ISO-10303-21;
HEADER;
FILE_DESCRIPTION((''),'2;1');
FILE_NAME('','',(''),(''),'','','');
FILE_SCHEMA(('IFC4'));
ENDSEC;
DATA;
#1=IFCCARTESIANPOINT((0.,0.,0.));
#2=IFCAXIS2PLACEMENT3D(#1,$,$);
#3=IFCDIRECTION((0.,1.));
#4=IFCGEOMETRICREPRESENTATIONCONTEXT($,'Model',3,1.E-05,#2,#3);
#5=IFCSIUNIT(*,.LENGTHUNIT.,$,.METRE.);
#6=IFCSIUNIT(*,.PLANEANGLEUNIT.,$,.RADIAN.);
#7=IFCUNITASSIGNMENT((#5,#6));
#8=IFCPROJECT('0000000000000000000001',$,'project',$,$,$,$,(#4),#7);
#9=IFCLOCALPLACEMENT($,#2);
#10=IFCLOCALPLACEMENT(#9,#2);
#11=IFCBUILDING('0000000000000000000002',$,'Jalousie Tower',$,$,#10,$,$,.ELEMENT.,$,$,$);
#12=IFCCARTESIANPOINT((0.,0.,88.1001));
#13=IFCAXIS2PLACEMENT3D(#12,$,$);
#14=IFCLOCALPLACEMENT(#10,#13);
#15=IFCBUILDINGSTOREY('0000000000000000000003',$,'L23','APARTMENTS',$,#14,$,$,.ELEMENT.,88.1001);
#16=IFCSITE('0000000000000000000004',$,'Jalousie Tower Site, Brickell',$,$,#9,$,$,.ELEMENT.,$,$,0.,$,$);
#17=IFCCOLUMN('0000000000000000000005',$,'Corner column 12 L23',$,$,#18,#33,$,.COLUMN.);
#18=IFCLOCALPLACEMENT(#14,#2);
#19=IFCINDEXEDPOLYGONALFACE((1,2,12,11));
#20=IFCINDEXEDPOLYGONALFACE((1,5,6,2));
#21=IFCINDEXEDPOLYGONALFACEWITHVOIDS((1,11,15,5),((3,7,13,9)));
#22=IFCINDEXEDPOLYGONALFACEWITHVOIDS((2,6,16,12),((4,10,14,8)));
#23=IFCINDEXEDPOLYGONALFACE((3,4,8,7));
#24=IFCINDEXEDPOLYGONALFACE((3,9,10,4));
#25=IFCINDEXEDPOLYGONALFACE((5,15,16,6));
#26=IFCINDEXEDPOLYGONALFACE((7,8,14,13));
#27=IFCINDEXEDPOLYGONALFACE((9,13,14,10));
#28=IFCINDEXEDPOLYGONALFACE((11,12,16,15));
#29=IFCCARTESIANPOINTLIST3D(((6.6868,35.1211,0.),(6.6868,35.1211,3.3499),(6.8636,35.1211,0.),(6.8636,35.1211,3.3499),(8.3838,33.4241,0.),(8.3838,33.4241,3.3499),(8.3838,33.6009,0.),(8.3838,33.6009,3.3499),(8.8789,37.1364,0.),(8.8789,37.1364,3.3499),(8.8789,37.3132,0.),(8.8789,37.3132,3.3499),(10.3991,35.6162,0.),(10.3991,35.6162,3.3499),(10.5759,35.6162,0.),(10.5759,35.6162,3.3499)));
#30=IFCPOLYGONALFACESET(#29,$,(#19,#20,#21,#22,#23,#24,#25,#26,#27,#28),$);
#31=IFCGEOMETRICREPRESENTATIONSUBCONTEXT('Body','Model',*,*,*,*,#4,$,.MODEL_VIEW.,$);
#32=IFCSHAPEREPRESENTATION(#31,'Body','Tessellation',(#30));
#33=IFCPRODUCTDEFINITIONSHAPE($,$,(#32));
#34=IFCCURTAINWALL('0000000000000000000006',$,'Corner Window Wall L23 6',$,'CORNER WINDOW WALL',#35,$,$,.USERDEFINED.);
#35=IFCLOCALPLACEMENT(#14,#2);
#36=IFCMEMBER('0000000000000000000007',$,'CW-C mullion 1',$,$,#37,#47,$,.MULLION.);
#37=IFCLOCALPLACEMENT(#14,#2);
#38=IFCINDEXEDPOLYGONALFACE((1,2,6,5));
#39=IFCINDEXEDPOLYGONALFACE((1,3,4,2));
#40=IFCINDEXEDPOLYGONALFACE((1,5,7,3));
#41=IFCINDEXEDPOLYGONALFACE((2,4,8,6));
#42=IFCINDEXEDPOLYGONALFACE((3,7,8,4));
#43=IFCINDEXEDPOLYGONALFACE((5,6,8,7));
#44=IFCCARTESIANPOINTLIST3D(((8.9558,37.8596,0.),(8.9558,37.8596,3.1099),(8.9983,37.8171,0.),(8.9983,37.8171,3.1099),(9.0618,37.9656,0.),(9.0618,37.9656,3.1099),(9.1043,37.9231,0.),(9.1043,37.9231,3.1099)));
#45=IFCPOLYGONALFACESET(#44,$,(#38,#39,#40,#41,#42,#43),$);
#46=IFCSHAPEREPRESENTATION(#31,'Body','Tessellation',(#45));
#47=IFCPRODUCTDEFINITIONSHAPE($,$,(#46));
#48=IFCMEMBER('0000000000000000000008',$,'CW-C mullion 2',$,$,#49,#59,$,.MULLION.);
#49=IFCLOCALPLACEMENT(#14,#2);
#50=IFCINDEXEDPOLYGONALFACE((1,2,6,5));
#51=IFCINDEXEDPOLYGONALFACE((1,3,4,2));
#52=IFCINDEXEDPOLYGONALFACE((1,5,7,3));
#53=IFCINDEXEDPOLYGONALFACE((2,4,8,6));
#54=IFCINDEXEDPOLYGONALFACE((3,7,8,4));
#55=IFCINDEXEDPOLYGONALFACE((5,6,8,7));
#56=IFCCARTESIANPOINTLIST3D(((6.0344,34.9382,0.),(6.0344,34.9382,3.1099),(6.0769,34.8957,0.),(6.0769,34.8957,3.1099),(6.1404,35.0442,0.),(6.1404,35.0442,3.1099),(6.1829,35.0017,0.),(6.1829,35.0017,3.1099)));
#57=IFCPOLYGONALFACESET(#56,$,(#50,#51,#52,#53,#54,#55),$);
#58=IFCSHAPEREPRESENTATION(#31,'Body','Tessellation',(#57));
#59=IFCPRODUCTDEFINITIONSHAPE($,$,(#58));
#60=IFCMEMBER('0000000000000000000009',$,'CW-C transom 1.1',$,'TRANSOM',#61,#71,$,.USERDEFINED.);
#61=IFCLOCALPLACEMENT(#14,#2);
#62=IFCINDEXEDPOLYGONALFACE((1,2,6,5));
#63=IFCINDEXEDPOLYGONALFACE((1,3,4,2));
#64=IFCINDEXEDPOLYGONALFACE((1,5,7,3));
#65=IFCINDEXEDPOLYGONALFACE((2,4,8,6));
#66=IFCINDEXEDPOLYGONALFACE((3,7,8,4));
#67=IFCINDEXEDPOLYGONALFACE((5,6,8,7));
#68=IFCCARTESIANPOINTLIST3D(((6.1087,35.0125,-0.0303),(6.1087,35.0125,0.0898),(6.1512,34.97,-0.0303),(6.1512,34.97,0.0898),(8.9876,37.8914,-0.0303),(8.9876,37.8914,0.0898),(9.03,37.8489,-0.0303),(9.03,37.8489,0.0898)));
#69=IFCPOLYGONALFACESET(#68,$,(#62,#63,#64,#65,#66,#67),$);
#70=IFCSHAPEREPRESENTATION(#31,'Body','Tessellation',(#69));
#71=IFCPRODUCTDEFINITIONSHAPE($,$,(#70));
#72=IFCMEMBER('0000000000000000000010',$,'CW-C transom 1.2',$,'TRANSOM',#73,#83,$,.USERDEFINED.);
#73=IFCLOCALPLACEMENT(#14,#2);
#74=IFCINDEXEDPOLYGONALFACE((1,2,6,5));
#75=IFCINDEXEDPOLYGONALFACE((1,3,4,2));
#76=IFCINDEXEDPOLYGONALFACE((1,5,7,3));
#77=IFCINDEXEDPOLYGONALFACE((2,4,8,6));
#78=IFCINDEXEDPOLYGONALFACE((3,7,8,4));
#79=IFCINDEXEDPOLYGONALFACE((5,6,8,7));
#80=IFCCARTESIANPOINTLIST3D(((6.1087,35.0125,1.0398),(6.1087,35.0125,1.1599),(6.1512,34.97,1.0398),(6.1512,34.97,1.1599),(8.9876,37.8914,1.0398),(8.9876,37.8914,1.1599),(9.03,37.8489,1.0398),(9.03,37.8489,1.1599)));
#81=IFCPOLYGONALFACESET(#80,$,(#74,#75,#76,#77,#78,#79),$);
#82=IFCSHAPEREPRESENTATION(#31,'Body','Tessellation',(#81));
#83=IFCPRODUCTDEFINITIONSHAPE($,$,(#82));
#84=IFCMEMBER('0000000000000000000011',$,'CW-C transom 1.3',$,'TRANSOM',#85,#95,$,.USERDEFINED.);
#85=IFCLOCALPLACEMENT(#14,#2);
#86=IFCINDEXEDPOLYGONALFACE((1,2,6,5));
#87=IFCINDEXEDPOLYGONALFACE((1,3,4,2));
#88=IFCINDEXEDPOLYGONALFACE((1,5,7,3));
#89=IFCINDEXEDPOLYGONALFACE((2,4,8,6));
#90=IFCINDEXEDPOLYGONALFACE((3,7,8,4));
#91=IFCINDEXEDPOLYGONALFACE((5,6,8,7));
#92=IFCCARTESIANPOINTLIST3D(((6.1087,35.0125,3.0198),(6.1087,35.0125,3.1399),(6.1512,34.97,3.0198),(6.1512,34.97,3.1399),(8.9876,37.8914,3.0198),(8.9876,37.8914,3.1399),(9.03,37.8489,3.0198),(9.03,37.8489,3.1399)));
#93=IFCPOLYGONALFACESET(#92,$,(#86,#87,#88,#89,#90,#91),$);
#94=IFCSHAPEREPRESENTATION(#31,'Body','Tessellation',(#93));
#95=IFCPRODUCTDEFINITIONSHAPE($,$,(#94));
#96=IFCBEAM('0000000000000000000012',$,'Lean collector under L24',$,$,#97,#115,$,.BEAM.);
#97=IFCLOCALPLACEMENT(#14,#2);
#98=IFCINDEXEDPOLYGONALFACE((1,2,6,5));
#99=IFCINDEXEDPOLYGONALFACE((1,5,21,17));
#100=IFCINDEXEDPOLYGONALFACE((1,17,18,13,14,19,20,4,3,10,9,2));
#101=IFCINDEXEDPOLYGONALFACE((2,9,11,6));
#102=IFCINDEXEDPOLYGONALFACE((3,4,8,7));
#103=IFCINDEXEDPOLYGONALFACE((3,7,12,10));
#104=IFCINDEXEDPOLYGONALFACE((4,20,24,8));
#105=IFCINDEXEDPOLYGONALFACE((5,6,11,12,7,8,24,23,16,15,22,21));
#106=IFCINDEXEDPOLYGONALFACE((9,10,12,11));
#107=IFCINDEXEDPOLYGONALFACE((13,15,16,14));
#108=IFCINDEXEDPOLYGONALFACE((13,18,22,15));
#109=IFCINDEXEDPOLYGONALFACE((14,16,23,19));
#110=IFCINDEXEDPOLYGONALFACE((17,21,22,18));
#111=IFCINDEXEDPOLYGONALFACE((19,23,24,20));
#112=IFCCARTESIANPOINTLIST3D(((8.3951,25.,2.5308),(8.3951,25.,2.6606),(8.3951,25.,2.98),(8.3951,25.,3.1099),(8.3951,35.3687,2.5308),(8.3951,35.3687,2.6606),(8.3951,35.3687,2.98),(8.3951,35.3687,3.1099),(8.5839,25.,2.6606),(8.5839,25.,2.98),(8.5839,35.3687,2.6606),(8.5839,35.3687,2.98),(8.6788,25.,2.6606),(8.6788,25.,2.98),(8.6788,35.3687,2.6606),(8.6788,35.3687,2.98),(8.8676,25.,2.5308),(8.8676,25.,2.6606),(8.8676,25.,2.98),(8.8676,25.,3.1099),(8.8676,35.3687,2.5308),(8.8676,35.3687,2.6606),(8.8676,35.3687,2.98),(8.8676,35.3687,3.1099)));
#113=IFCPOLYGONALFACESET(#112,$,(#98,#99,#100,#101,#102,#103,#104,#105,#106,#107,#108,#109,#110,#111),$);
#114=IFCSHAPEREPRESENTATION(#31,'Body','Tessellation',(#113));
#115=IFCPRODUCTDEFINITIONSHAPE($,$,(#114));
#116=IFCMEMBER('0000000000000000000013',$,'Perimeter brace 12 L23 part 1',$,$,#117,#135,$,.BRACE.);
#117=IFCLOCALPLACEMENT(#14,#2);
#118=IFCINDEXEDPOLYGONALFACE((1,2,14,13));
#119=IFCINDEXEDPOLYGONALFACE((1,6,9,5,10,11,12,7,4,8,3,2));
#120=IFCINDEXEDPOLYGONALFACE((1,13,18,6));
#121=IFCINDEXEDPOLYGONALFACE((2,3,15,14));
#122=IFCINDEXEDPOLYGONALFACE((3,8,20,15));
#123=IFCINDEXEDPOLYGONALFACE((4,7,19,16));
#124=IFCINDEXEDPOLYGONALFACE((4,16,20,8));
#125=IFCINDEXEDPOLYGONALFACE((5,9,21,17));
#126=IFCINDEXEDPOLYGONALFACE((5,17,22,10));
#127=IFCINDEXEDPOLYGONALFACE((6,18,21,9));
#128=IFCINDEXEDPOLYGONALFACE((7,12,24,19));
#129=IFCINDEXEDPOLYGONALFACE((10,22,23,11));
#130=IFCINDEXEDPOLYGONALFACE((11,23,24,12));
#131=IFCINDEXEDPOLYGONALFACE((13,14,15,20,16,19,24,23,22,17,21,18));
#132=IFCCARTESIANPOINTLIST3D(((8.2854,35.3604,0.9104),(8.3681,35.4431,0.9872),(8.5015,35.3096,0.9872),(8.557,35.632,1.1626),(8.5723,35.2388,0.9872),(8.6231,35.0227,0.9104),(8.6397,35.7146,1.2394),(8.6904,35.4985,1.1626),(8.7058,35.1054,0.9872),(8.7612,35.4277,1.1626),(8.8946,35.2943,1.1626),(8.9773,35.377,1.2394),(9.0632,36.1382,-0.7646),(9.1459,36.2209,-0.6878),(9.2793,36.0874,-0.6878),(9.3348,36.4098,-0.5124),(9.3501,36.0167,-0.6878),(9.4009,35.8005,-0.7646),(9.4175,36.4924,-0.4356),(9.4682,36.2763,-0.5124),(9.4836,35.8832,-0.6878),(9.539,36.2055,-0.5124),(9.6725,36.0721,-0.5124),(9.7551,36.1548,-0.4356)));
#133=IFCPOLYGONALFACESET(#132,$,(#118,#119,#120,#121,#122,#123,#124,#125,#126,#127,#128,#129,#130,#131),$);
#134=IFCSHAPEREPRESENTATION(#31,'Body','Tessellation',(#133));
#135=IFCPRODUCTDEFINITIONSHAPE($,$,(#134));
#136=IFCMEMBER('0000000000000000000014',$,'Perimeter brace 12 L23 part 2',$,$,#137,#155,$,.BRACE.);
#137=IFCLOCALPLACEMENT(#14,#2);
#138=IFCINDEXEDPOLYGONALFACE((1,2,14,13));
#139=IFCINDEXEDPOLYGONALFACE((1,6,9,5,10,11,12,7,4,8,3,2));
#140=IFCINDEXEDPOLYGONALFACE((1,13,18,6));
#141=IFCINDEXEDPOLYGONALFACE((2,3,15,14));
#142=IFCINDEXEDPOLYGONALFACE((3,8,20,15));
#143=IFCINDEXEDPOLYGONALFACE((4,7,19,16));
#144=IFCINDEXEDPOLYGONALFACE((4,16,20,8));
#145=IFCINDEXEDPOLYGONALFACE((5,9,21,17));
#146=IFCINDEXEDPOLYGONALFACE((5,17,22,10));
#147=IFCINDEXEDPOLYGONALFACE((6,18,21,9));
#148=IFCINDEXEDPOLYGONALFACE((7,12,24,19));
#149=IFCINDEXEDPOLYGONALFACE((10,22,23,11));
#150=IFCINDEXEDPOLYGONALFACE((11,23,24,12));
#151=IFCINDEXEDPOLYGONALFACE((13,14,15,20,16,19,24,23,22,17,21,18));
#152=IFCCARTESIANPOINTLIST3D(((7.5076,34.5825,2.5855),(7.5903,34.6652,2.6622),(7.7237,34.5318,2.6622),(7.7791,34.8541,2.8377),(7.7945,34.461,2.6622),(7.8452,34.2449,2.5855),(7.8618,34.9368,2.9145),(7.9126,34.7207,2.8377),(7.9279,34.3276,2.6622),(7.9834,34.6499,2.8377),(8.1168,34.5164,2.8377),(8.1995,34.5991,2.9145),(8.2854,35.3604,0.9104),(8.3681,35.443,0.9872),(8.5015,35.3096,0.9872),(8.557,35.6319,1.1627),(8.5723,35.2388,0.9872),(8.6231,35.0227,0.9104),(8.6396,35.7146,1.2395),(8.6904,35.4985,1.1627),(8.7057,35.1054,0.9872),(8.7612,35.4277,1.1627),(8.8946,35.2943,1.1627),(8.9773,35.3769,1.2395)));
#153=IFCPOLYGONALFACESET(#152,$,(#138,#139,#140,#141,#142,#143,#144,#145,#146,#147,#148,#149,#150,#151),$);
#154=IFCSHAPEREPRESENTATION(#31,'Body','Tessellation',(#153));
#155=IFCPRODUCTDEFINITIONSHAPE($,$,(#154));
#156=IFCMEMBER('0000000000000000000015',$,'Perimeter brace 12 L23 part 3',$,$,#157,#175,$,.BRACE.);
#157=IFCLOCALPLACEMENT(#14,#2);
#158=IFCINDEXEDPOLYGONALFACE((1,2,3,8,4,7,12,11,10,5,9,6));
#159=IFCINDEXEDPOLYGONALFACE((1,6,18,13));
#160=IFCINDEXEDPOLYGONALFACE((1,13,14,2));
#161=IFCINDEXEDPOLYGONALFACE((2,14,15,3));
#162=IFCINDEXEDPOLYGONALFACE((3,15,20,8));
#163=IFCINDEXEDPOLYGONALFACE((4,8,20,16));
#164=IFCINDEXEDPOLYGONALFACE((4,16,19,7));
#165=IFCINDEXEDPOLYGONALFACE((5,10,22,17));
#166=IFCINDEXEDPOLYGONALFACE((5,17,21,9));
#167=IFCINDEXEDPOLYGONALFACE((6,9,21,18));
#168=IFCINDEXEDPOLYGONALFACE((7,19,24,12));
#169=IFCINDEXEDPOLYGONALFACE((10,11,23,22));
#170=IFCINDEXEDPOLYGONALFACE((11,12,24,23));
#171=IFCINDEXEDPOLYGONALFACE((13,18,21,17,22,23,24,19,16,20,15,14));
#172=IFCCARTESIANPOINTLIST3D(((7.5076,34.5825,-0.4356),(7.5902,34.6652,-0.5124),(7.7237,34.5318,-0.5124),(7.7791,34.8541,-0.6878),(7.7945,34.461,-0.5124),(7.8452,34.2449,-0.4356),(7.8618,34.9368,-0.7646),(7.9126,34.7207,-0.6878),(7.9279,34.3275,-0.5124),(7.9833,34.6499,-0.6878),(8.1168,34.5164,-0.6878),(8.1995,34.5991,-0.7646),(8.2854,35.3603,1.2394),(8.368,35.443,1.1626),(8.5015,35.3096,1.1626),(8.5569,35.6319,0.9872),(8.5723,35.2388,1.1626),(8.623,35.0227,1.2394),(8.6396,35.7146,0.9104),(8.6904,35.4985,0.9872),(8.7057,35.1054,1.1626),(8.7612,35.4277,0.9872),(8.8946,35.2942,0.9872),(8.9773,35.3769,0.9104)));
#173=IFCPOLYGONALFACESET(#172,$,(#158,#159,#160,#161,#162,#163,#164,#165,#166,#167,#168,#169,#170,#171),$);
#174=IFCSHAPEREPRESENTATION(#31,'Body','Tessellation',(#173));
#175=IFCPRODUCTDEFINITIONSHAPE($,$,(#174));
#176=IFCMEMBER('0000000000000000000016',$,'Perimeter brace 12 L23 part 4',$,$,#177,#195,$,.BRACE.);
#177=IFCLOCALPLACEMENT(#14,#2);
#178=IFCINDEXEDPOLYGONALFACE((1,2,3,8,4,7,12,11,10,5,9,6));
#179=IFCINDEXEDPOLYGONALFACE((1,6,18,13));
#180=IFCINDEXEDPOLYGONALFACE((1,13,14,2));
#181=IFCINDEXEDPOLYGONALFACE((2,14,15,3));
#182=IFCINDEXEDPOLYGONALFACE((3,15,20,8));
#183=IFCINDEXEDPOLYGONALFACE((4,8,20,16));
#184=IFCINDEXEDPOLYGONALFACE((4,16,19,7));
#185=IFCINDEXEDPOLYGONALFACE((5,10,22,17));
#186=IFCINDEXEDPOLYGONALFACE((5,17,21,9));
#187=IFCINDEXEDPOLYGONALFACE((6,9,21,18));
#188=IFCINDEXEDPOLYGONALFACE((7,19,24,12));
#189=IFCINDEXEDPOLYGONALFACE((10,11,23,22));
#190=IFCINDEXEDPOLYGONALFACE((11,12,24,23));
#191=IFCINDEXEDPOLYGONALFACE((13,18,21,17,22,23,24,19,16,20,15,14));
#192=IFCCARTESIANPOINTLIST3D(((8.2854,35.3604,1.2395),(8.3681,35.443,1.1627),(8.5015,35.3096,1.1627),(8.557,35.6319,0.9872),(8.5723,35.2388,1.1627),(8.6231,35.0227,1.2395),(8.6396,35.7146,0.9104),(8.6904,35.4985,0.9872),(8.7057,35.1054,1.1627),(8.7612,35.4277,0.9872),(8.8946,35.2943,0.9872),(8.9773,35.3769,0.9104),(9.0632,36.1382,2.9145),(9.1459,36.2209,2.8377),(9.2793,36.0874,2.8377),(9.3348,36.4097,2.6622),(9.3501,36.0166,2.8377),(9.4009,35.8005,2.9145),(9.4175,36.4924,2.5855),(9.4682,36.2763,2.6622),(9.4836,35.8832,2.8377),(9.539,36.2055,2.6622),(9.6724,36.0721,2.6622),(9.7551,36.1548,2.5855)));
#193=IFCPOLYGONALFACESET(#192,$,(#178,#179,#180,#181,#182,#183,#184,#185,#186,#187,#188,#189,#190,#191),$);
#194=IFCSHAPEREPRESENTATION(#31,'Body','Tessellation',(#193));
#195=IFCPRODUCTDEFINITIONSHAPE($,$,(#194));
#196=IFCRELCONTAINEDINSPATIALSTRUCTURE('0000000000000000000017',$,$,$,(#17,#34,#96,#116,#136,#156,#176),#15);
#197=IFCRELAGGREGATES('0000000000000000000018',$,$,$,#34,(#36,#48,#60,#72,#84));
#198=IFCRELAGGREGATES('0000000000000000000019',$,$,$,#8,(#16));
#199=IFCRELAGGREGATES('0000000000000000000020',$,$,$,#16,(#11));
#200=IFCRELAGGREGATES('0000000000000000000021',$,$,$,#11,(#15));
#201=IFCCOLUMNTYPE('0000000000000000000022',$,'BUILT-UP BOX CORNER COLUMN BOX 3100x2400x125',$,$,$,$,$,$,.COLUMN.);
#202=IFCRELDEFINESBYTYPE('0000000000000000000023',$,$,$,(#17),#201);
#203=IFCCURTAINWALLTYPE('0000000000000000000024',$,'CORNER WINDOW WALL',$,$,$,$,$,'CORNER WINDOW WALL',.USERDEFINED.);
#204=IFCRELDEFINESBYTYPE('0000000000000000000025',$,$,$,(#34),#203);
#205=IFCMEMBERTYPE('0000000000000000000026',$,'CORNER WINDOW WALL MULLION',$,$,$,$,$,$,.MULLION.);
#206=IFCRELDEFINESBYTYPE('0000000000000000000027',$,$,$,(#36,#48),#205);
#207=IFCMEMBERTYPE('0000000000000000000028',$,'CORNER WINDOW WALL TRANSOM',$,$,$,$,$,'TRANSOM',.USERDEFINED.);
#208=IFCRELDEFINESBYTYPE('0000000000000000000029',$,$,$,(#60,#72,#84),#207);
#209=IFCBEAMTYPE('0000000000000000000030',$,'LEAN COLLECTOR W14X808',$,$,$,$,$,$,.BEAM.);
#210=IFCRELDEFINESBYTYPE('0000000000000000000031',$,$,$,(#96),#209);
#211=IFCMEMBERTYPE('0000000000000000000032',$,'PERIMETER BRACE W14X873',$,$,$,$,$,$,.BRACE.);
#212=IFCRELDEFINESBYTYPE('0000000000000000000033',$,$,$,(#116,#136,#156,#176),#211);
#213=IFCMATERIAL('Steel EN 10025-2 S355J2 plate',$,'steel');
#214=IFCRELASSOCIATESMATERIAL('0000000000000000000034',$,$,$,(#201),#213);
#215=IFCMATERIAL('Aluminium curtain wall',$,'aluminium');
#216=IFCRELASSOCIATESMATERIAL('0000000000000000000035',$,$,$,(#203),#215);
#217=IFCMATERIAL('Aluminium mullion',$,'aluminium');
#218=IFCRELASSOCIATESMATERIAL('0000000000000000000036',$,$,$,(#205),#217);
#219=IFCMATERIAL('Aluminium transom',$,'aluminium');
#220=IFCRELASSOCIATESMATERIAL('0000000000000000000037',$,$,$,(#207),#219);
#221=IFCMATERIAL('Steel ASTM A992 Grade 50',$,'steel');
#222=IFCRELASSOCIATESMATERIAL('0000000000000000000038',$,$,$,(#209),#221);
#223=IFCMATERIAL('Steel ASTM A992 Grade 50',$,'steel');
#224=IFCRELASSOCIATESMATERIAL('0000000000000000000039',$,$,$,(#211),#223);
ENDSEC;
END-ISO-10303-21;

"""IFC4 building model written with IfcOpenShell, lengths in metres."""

from ifc_helpers import new_model, si_unit, direction, frame, origin, origin_2d, place, context, subcontext, project, spatial, rectangle, hollow_rectangle, i_section, extrude, material, material_profile, profile_set, type_object, element, aggregate, save


model = new_model("IFC4")

# Units and contexts
model_context = context("Model", 3, precision=1e-05, world=origin(), true_north=direction((0.0, 1.0)))
body_context = subcontext(model_context, "Body", "Model", "MODEL_VIEW")
ifc_project = project(units=[si_unit("LENGTHUNIT", "METRE"), si_unit("PLANEANGLEUNIT", "RADIAN")], contexts=[model_context])

# Site, building, storey
site_placement = place(None, origin())
site = spatial("IfcSite", under=ifc_project, at=site_placement, Name="Jalousie Tower Site, Brickell", CompositionType="ELEMENT", RefElevation=0.0)
building_placement = place(site_placement, origin())
building = spatial("IfcBuilding", under=site, at=building_placement, Name="Jalousie Tower", CompositionType="ELEMENT")
storey_placement = place(building_placement, frame((0.0, 0.0, 88.1001)))
storey = spatial("IfcBuildingStorey", under=building, at=storey_placement, Name="L23", Description="APARTMENTS", CompositionType="ELEMENT", Elevation=88.1001)

# Column
ifc_material_1 = material(Name="Steel EN 10025-2 S355J2 plate", Category="steel")
ifc_material_profile_1 = material_profile(ifc_material_1, hollow_rectangle(XDim=2.3999, YDim=3.1001, WallThickness=0.125, at=origin_2d()), Name="BOX 3100x2400x125")
ifc_profile_set_1 = profile_set([ifc_material_profile_1], Name="Steel EN 10025-2 S355J2 plate")
column_type = type_object("IfcColumnType", Name="BUILT-UP BOX CORNER COLUMN BOX 3100x2400x125", PredefinedType="COLUMN", material=ifc_profile_set_1)
column_placement = place(storey_placement, frame((8.6313, 35.3687, 0.0), z_axis=(0.0, 0.0, 1.0), x_axis=(0.707107, -0.707107, 0.0)))
element("IfcColumn", 1, at=column_placement, inside=storey, type_object=column_type, Name="Corner column 12 L23", PredefinedType="COLUMN", context=body_context, shape_type="SweptSolid", body=[
    extrude(hollow_rectangle(XDim=2.3999, YDim=3.1001, WallThickness=0.125, at=origin_2d()), origin(), (0.0, 0.0, 1.0), 3.3499),
])

# Curtain wall, members
ifc_material_2 = material(Name="Aluminium curtain wall", Category="aluminium")
curtain_wall_type_1 = type_object("IfcCurtainWallType", Name="CORNER WINDOW WALL", ElementType="CORNER WINDOW WALL", PredefinedType="USERDEFINED", material=ifc_material_2)
curtain_wall_1_placement = place(storey_placement, origin())
curtain_wall_1 = element("IfcCurtainWall", 2, at=curtain_wall_1_placement, inside=storey, type_object=curtain_wall_type_1, Name="Corner Window Wall L23 6", ObjectType="CORNER WINDOW WALL", PredefinedType="USERDEFINED")
ifc_material_3 = material(Name="Aluminium mullion", Category="aluminium")
ifc_material_profile_2 = material_profile(ifc_material_3, rectangle(XDim=0.0601, YDim=0.1499, at=origin_2d()), Name="MULLION 60x150")
ifc_profile_set_2 = profile_set([ifc_material_profile_2], Name="Aluminium mullion")
member_type_1 = type_object("IfcMemberType", Name="CORNER WINDOW WALL MULLION", PredefinedType="MULLION", material=ifc_profile_set_2)
member_1_placement = place(storey_placement, frame((9.03, 37.8914, 0.0), z_axis=(0.0, 0.0, 1.0), x_axis=(0.707107, -0.707107, 0.0)))
member_1 = element("IfcMember", 3, at=member_1_placement, type_object=member_type_1, Name="CW-C mullion 1", PredefinedType="MULLION", context=body_context, shape_type="SweptSolid", body=[
    extrude(rectangle(XDim=0.0601, YDim=0.1499, at=origin_2d()), origin(), (0.0, 0.0, 1.0), 3.1099),
])
member_2_placement = place(storey_placement, frame((6.1086, 34.97, 0.0), z_axis=(0.0, 0.0, 1.0), x_axis=(0.707107, -0.707107, 0.0)))
member_2 = element("IfcMember", 4, at=member_2_placement, type_object=member_type_1, Name="CW-C mullion 2", PredefinedType="MULLION", context=body_context, shape_type="SweptSolid", body=[
    extrude(rectangle(XDim=0.0601, YDim=0.1499, at=origin_2d()), origin(), (0.0, 0.0, 1.0), 3.1099),
])
ifc_material_4 = material(Name="Aluminium transom", Category="aluminium")
ifc_material_profile_3 = material_profile(ifc_material_4, rectangle(XDim=0.0601, YDim=0.1201, at=origin_2d()), Name="TRANSOM 60x120")
ifc_profile_set_3 = profile_set([ifc_material_profile_3], Name="Aluminium transom")
member_type_2 = type_object("IfcMemberType", Name="CORNER WINDOW WALL TRANSOM", ElementType="TRANSOM", PredefinedType="USERDEFINED", material=ifc_profile_set_3)
member_3_placement = place(storey_placement, frame((9.0088, 37.8701, 0.0298), z_axis=(-0.707107, -0.707107, 0.0), x_axis=(0.707107, -0.707107, 0.0)))
member_3 = element("IfcMember", 5, at=member_3_placement, type_object=member_type_2, Name="CW-C transom 1.1", ObjectType="TRANSOM", PredefinedType="USERDEFINED", context=body_context, shape_type="SweptSolid", body=[
    extrude(rectangle(XDim=0.0601, YDim=0.1201, at=origin_2d()), origin(), (0.0, 0.0, 1.0), 4.0713),
])
member_4_placement = place(storey_placement, frame((9.0088, 37.8701, 1.0999), z_axis=(-0.707107, -0.707107, 0.0), x_axis=(0.707107, -0.707107, 0.0)))
member_4 = element("IfcMember", 6, at=member_4_placement, type_object=member_type_2, Name="CW-C transom 1.2", ObjectType="TRANSOM", PredefinedType="USERDEFINED", context=body_context, shape_type="SweptSolid", body=[
    extrude(rectangle(XDim=0.0601, YDim=0.1201, at=origin_2d()), origin(), (0.0, 0.0, 1.0), 4.0713),
])
member_5_placement = place(storey_placement, frame((9.0088, 37.8701, 3.0798), z_axis=(-0.707107, -0.707107, 0.0), x_axis=(0.707107, -0.707107, 0.0)))
member_5 = element("IfcMember", 7, at=member_5_placement, type_object=member_type_2, Name="CW-C transom 1.3", ObjectType="TRANSOM", PredefinedType="USERDEFINED", context=body_context, shape_type="SweptSolid", body=[
    extrude(rectangle(XDim=0.0601, YDim=0.1201, at=origin_2d()), origin(), (0.0, 0.0, 1.0), 4.0713),
])

# Beam
ifc_material_5 = material(Name="Steel ASTM A992 Grade 50", Category="steel")
ifc_material_profile_4 = material_profile(ifc_material_5, i_section(OverallWidth=0.4724, OverallDepth=0.5791, WebThickness=0.095, FlangeThickness=0.1299, at=origin_2d()), Name="W14X808")
ifc_profile_set_4 = profile_set([ifc_material_profile_4], Name="Steel ASTM A992 Grade 50")
beam_type_1 = type_object("IfcBeamType", Name="LEAN COLLECTOR W14X808", PredefinedType="BEAM", material=ifc_profile_set_4)
beam_1_placement = place(storey_placement, frame((8.6313, 35.3687, 2.8203), z_axis=(0.0, -1.0, 0.0), x_axis=(1.0, 0.0, 0.0)))
element("IfcBeam", 8, at=beam_1_placement, inside=storey, type_object=beam_type_1, Name="Lean collector under L24", PredefinedType="BEAM", context=body_context, shape_type="SweptSolid", body=[
    extrude(i_section(OverallWidth=0.4724, OverallDepth=0.5791, WebThickness=0.095, FlangeThickness=0.1299, at=origin_2d()), origin(), (0.0, 0.0, 1.0), 10.3687),
])

# Members
ifc_material_6 = material(Name="Steel ASTM A992 Grade 50", Category="steel")
ifc_material_profile_5 = material_profile(ifc_material_6, i_section(OverallWidth=0.4775, OverallDepth=0.5994, WebThickness=0.1001, FlangeThickness=0.1399, at=origin_2d()), Name="W14X873")
ifc_profile_set_5 = profile_set([ifc_material_profile_5], Name="Steel ASTM A992 Grade 50")
member_type_3 = type_object("IfcMemberType", Name="PERIMETER BRACE W14X873", PredefinedType="BRACE", material=ifc_profile_set_5)
for number, where, z_axis, x_axis, name in (
    (9, (9.4092, 36.1465, -0.6001), (-0.388149, -0.388149, 0.835872), (0.707107, -0.707107, 0.0), "Perimeter brace 12 L23 part 1"),
    (10, (8.6313, 35.3687, 1.075), (-0.388149, -0.388149, 0.835872), (0.707107, -0.707107, 0.0), "Perimeter brace 12 L23 part 2"),
    (11, (7.8535, 34.5908, -0.6001), (0.388149, 0.388149, 0.835872), (-0.707107, 0.707107, 0.0), "Perimeter brace 12 L23 part 3"),
    (12, (8.6313, 35.3687, 1.075), (0.388149, 0.388149, 0.835872), (-0.707107, 0.707107, 0.0), "Perimeter brace 12 L23 part 4"),
):
    element("IfcMember", number, at=place(storey_placement, frame(where, z_axis=z_axis, x_axis=x_axis)), inside=storey, type_object=member_type_3, Name=name, PredefinedType="BRACE", context=body_context, shape_type="SweptSolid", body=[
        extrude(i_section(OverallWidth=0.4775, OverallDepth=0.5994, WebThickness=0.1001, FlangeThickness=0.1399, at=origin_2d()), origin(), (0.0, 0.0, 1.0), 2.0039),
    ])

aggregate(curtain_wall_1, [member_1, member_2, member_3, member_4, member_5])

save(model, "model.ifc")
